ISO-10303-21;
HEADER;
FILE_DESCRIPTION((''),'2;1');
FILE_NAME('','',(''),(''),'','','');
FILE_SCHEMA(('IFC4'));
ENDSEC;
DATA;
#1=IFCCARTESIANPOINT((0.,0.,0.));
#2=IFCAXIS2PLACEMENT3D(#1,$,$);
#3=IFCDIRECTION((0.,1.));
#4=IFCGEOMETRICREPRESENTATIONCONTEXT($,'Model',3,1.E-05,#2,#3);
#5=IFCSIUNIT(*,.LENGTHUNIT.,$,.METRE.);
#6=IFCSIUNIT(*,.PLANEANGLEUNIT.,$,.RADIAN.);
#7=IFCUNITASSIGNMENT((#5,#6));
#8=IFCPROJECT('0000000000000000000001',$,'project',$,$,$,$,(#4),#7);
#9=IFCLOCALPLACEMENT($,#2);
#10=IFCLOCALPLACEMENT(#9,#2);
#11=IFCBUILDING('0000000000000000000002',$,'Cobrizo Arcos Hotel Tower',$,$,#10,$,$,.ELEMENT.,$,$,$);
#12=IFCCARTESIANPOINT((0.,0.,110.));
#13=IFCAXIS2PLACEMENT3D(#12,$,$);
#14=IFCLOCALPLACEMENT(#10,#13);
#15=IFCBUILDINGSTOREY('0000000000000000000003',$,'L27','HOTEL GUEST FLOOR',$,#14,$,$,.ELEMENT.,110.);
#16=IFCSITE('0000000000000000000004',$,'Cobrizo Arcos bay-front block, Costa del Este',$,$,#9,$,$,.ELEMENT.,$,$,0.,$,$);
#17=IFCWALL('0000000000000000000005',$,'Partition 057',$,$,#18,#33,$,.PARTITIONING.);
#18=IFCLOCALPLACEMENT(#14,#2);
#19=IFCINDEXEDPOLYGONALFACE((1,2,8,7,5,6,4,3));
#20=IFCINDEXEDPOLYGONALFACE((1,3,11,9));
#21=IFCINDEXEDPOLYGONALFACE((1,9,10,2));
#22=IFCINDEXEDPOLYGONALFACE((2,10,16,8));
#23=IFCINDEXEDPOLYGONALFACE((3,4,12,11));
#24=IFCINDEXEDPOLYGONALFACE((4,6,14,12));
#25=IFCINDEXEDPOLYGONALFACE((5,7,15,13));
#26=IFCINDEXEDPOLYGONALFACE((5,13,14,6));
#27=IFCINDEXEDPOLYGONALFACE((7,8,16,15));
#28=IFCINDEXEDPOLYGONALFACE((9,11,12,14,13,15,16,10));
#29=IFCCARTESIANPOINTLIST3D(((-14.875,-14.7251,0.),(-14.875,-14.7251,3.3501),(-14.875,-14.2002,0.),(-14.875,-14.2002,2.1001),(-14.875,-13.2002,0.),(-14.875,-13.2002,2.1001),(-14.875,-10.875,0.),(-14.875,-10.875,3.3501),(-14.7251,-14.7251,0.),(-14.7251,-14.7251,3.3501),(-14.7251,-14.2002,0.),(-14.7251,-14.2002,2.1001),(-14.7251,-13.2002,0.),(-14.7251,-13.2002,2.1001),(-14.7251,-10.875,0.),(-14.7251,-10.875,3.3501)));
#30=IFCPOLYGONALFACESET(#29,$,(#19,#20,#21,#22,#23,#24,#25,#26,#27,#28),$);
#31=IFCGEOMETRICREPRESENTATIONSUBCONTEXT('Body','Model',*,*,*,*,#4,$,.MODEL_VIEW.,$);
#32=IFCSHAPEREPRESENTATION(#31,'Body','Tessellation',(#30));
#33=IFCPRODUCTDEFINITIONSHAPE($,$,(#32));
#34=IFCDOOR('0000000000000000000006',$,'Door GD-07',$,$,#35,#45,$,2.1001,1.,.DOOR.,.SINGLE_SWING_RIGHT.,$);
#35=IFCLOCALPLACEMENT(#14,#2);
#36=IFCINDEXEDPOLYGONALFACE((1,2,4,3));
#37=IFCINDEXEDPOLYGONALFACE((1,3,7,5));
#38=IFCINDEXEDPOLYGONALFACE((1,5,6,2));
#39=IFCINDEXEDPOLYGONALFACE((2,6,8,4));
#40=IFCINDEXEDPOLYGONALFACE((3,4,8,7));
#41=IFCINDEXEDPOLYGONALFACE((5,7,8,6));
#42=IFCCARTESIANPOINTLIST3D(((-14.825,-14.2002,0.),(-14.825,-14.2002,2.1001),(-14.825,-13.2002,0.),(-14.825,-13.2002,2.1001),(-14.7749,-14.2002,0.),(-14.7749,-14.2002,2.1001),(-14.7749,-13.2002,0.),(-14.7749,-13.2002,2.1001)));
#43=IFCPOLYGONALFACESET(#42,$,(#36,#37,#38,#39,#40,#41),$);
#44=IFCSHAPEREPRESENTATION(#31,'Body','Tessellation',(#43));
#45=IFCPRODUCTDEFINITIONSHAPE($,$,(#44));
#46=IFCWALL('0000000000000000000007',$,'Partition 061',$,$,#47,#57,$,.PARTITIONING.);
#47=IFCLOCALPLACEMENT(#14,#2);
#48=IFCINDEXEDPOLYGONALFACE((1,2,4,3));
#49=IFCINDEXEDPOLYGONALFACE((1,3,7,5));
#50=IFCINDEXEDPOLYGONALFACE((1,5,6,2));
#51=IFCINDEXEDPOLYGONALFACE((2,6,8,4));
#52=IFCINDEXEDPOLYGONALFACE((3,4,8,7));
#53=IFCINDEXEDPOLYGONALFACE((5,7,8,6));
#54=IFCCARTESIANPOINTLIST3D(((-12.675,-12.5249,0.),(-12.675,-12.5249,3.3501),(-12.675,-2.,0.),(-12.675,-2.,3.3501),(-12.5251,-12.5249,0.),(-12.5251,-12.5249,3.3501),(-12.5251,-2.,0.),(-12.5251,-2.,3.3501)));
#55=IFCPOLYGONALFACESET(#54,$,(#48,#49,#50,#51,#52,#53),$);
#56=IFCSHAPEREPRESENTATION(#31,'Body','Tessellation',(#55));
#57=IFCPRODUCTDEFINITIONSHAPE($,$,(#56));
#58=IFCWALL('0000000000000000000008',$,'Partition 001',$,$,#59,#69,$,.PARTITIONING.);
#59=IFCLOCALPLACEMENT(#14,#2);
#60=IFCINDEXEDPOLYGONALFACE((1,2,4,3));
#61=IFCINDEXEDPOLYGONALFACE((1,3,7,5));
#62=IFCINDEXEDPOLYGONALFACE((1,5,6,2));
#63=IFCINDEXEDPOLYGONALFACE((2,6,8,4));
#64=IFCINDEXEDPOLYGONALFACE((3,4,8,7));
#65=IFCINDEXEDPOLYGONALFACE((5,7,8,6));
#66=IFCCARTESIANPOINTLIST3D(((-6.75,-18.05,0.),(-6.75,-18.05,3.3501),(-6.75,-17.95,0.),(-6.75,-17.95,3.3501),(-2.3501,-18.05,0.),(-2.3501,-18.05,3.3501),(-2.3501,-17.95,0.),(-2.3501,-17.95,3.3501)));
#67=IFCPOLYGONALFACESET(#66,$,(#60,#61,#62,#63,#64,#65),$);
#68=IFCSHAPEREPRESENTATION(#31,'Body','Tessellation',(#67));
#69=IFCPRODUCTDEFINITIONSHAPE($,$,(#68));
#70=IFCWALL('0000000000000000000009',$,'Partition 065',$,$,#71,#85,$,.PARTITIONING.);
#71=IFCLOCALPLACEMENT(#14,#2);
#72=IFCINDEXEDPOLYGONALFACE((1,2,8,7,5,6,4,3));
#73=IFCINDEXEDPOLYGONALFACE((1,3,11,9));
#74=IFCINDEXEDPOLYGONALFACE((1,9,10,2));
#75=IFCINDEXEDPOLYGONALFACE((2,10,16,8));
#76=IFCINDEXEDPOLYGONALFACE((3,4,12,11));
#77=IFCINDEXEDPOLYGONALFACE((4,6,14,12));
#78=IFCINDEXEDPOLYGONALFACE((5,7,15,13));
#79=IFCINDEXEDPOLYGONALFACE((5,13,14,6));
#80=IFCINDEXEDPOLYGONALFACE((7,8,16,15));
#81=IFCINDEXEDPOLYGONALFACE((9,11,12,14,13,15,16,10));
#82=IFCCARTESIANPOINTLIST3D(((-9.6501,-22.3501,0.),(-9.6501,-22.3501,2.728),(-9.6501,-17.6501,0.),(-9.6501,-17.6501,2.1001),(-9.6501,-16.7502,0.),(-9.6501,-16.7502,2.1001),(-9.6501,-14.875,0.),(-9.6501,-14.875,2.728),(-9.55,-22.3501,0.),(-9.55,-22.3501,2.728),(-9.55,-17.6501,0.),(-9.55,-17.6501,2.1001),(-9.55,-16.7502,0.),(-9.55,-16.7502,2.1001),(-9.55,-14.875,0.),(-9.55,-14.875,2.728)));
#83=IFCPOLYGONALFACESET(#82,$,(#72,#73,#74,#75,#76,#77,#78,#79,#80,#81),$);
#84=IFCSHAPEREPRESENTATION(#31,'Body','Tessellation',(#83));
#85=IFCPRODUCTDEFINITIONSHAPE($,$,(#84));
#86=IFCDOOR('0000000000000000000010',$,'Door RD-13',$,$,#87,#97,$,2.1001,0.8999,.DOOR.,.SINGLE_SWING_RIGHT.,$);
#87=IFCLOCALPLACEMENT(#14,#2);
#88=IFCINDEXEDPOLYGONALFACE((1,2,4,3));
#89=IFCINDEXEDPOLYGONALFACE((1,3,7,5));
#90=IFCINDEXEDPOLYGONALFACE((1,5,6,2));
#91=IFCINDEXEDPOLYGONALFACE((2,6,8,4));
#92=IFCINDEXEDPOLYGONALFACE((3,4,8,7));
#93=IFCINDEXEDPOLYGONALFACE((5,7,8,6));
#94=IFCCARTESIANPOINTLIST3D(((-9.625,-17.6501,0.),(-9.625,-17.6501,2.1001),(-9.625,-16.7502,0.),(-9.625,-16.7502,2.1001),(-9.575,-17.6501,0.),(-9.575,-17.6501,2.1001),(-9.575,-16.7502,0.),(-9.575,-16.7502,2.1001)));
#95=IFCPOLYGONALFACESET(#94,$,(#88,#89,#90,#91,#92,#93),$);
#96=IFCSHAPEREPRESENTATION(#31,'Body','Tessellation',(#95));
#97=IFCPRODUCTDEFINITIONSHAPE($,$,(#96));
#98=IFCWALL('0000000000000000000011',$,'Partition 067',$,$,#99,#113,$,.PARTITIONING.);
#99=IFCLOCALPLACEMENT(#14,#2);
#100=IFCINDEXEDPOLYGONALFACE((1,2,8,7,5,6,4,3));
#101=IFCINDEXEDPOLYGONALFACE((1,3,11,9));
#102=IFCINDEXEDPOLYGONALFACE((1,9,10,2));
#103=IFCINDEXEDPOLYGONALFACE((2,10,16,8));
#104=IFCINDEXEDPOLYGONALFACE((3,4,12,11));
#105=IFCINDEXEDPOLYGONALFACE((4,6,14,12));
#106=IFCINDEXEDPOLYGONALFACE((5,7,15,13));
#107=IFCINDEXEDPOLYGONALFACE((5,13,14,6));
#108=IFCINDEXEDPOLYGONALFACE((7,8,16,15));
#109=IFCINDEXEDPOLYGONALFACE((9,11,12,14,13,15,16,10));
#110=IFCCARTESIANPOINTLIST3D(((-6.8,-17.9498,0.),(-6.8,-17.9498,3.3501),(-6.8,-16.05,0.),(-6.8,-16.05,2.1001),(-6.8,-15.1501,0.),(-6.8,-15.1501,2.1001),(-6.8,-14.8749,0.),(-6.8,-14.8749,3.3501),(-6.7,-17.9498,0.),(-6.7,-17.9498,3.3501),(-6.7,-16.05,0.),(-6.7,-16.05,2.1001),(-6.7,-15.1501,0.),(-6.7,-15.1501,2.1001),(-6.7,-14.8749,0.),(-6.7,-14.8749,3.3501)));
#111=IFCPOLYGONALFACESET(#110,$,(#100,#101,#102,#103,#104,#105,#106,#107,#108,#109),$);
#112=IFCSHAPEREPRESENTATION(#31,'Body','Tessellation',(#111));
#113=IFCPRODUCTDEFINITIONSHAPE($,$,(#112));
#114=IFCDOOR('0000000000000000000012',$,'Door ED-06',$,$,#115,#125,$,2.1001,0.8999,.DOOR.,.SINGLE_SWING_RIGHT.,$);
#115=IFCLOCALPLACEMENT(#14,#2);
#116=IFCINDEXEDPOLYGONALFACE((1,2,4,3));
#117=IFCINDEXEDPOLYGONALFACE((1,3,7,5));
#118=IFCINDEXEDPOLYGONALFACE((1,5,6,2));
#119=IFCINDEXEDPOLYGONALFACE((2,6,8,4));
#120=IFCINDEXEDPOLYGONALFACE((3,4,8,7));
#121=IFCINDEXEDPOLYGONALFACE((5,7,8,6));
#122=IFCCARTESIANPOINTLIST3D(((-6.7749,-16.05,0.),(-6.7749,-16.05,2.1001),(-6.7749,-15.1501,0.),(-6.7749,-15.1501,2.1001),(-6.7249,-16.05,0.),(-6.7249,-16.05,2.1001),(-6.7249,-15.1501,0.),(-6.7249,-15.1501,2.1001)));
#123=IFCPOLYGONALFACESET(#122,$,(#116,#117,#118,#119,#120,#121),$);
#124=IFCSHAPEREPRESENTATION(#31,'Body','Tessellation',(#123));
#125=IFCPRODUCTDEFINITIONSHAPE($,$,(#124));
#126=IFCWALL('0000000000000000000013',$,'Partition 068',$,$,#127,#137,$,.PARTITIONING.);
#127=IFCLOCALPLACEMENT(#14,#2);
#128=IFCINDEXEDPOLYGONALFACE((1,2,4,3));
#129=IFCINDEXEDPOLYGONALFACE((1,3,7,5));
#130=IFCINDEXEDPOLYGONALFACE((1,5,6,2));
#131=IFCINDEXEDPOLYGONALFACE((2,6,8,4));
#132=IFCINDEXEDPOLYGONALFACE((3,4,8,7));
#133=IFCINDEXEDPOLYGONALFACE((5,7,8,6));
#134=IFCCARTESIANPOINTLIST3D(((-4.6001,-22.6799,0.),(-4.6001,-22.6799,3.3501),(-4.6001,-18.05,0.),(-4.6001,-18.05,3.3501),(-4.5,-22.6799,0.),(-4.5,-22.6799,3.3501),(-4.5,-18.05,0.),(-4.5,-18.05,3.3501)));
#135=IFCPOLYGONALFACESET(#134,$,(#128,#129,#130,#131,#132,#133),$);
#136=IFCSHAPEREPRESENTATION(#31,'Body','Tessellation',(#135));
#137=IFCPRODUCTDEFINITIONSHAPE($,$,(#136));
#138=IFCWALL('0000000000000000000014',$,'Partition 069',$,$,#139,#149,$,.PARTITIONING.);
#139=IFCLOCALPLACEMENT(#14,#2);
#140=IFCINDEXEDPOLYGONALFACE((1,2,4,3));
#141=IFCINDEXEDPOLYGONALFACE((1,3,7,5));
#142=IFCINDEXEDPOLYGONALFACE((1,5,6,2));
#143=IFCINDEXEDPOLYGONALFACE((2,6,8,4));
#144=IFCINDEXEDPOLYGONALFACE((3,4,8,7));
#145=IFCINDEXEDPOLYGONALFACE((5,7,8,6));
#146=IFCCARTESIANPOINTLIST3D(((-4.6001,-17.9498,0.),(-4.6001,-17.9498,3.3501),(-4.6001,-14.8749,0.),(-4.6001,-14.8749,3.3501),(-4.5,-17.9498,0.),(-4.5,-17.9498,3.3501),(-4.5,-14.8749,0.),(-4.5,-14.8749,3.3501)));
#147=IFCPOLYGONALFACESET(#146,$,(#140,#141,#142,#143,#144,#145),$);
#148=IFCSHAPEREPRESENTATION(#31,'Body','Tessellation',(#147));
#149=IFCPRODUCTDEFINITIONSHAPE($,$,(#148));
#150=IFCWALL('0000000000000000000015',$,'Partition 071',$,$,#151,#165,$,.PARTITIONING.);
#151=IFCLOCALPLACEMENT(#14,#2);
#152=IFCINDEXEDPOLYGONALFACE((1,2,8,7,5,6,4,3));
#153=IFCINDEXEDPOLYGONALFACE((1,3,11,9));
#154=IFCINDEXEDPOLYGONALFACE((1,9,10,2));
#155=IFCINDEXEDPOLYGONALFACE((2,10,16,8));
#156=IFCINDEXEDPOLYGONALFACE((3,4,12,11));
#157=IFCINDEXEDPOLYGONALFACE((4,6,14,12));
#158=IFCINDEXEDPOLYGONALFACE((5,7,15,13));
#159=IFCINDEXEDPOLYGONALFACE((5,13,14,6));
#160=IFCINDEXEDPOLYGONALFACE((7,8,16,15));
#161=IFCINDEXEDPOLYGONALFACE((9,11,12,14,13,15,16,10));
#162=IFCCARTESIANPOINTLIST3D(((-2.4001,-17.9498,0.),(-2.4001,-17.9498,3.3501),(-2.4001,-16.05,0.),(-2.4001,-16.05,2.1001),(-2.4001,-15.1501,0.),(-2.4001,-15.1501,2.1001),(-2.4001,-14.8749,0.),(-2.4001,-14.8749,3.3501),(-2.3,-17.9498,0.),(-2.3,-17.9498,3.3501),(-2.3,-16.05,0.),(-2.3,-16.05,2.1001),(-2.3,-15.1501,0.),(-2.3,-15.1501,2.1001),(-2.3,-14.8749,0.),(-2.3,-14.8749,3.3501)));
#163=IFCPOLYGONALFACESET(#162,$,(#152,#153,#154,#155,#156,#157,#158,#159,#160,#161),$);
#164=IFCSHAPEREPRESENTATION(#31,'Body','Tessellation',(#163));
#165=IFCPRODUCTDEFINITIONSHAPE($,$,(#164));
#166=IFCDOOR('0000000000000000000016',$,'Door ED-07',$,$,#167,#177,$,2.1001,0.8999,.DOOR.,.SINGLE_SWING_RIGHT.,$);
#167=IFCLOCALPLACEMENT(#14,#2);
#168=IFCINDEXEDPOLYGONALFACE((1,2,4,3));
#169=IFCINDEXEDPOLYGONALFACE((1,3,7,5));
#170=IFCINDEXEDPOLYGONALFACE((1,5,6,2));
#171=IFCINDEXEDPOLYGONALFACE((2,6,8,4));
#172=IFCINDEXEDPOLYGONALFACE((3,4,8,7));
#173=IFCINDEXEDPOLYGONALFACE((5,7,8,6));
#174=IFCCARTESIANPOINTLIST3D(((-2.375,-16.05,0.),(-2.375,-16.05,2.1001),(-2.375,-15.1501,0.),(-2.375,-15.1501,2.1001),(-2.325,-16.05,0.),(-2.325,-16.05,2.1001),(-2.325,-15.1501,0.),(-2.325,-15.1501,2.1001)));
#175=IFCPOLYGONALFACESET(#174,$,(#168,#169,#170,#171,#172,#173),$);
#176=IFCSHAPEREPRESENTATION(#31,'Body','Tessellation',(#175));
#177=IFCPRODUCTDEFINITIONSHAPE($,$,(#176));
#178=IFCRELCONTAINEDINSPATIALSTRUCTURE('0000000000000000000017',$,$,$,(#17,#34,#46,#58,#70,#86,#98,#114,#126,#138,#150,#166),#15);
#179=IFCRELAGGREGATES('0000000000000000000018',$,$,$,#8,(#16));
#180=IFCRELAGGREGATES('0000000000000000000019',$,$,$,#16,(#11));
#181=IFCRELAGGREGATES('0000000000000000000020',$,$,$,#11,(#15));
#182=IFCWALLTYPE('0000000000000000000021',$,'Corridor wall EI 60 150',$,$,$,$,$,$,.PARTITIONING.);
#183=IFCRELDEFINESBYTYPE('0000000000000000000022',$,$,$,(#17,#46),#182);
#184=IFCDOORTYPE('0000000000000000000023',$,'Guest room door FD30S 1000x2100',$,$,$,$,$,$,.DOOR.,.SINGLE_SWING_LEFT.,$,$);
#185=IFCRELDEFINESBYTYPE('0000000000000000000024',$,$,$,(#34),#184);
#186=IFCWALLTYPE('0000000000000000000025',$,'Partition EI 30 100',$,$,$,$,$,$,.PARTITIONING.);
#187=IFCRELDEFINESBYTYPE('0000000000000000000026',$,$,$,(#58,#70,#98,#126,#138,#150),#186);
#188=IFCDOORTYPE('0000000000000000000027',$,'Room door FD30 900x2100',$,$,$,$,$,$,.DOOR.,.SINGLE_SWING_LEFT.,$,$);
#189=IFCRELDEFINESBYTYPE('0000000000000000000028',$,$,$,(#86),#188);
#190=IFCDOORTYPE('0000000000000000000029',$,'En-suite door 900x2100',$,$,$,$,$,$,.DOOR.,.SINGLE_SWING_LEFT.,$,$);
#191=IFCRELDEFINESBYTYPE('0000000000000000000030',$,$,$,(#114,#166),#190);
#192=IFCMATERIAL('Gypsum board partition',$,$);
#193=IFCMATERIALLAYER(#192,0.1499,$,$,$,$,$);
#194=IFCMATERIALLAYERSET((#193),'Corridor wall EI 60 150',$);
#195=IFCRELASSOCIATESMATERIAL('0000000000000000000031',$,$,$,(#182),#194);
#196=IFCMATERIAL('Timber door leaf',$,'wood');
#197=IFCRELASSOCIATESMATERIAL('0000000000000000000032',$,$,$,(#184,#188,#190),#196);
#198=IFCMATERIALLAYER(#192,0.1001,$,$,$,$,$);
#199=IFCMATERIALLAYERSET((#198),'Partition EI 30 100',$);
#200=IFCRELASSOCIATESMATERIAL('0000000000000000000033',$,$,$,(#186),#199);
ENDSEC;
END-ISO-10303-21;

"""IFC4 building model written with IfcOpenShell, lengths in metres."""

from ifc_helpers import new_model, si_unit, direction, frame, frame_2d, origin, place, context, subcontext, project, spatial, rectangle, extrude, material, layer, layer_set, type_object, element, fill, save


model = new_model("IFC4")

# Units and contexts
model_context = context("Model", 3, precision=1e-05, world=origin(), true_north=direction((0.0, 1.0)))
body_context = subcontext(model_context, "Body", "Model", "MODEL_VIEW")
ifc_project = project(units=[si_unit("LENGTHUNIT", "METRE"), si_unit("PLANEANGLEUNIT", "RADIAN")], contexts=[model_context])

# Site, building, storey
site_placement = place(None, origin())
site = spatial("IfcSite", under=ifc_project, at=site_placement, Name="Cobrizo Arcos bay-front block, Costa del Este", CompositionType="ELEMENT", RefElevation=0.0)
building_placement = place(site_placement, origin())
building = spatial("IfcBuilding", under=site, at=building_placement, Name="Cobrizo Arcos Hotel Tower", CompositionType="ELEMENT")
storey_placement = place(building_placement, frame((0.0, 0.0, 110.0)))
storey = spatial("IfcBuildingStorey", under=building, at=storey_placement, Name="L27", Description="HOTEL GUEST FLOOR", CompositionType="ELEMENT", Elevation=110.0)

# Shared definitions
ifc_material_1 = material(Name="Gypsum board partition")
ifc_layer_1 = layer(ifc_material_1, 0.1499)
ifc_layer_set_1 = layer_set([ifc_layer_1], Name="Corridor wall EI 60 150")
wall_type_1 = type_object("IfcWallType", Name="Corridor wall EI 60 150", PredefinedType="PARTITIONING", material=ifc_layer_set_1)
ifc_material_2 = material(Name="Timber door leaf", Category="wood")
door_type_1 = type_object("IfcDoorType", Name="Guest room door FD30S 1000x2100", OperationType="SINGLE_SWING_LEFT", PredefinedType="DOOR", material=ifc_material_2)

# Wall, opening, door
wall_1_placement = place(storey_placement, frame((-14.8, -14.7251, 0.0), z_axis=(0.0, 0.0, 1.0), x_axis=(0.0, 1.0, 0.0)))
wall_1 = element("IfcWall", 1, at=wall_1_placement, inside=storey, type_object=wall_type_1, Name="Partition 057", PredefinedType="PARTITIONING", context=body_context, shape_type="SweptSolid", body=[
    extrude(rectangle(XDim=3.8501, YDim=0.1499, at=frame_2d((1.925, 0.0))), origin(), (0.0, 0.0, 1.0), 3.3501),
])
opening_1_placement = place(wall_1_placement, frame((0.5249, 0.0, 0.0)))
opening_1 = element("IfcOpeningElement", 2, at=opening_1_placement, cuts=wall_1, PredefinedType="OPENING", context=body_context, shape_type="SweptSolid", body=[
    extrude(rectangle(XDim=1.0, YDim=2.1001, at=frame_2d((0.5, 1.05))), frame((0.0, 0.0869, 0.0), z_axis=(0.0, -1.0, 0.0), x_axis=(1.0, 0.0, 0.0)), (0.0, 0.0, 1.0), 0.1738),
])
door_1_placement = place(opening_1_placement, origin())
door_1 = element("IfcDoor", 3, at=door_1_placement, inside=storey, type_object=door_type_1, Name="Door GD-07", OperationType="SINGLE_SWING_RIGHT", OverallHeight=2.1001, OverallWidth=1.0, PredefinedType="DOOR", context=body_context, shape_type="SweptSolid", body=[
    extrude(rectangle(XDim=1.0, YDim=2.1001, at=frame_2d((0.5, 1.05))), frame((0.0, 0.0249, 0.0), z_axis=(0.0, -1.0, 0.0), x_axis=(1.0, 0.0, 0.0)), (0.0, 0.0, 1.0), 0.05),
])
fill(opening_1, door_1)

# Walls
wall_2_placement = place(storey_placement, frame((-12.6001, -12.5249, 0.0), z_axis=(0.0, 0.0, 1.0), x_axis=(0.0, 1.0, 0.0)))
element("IfcWall", 4, at=wall_2_placement, inside=storey, type_object=wall_type_1, Name="Partition 061", PredefinedType="PARTITIONING", context=body_context, shape_type="SweptSolid", body=[
    extrude(rectangle(XDim=10.5249, YDim=0.1499, at=frame_2d((5.2625, 0.0))), origin(), (0.0, 0.0, 1.0), 3.3501),
])
ifc_layer_2 = layer(ifc_material_1, 0.1001)
ifc_layer_set_2 = layer_set([ifc_layer_2], Name="Partition EI 30 100")
wall_type_2 = type_object("IfcWallType", Name="Partition EI 30 100", PredefinedType="PARTITIONING", material=ifc_layer_set_2)
wall_3_placement = place(storey_placement, frame((-6.75, -18.0, 0.0), z_axis=(0.0, 0.0, 1.0), x_axis=(1.0, 0.0, 0.0)))
element("IfcWall", 5, at=wall_3_placement, inside=storey, type_object=wall_type_2, Name="Partition 001", PredefinedType="PARTITIONING", context=body_context, shape_type="SweptSolid", body=[
    extrude(rectangle(XDim=4.3999, YDim=0.1001, at=frame_2d((2.2, 0.0))), origin(), (0.0, 0.0, 1.0), 3.3501),
])

# Walls, openings, doors
wall_4_placement = place(storey_placement, frame((-9.6001, -22.3501, 0.0), z_axis=(0.0, 0.0, 1.0), x_axis=(0.0, 1.0, 0.0)))
wall_4 = element("IfcWall", 6, at=wall_4_placement, inside=storey, type_object=wall_type_2, Name="Partition 065", PredefinedType="PARTITIONING", context=body_context, shape_type="SweptSolid", body=[
    extrude(rectangle(XDim=7.4751, YDim=0.1001, at=frame_2d((3.7375, 0.0))), origin(), (0.0, 0.0, 1.0), 2.728),
])
opening_2_placement = place(wall_4_placement, frame((4.7, 0.0, 0.0)))
opening_2 = element("IfcOpeningElement", 7, at=opening_2_placement, cuts=wall_4, PredefinedType="OPENING", context=body_context, shape_type="SweptSolid", body=[
    extrude(rectangle(XDim=0.8999, YDim=2.1001, at=frame_2d((0.45, 1.05))), frame((0.0, 0.062, 0.0), z_axis=(0.0, -1.0, 0.0), x_axis=(1.0, 0.0, 0.0)), (0.0, 0.0, 1.0), 0.124),
])
door_type_2 = type_object("IfcDoorType", Name="Room door FD30 900x2100", OperationType="SINGLE_SWING_LEFT", PredefinedType="DOOR", material=ifc_material_2)
door_2_placement = place(opening_2_placement, origin())
door_2 = element("IfcDoor", 8, at=door_2_placement, inside=storey, type_object=door_type_2, Name="Door RD-13", OperationType="SINGLE_SWING_RIGHT", OverallHeight=2.1001, OverallWidth=0.8999, PredefinedType="DOOR", context=body_context, shape_type="SweptSolid", body=[
    extrude(rectangle(XDim=0.8999, YDim=2.1001, at=frame_2d((0.45, 1.05))), frame((0.0, 0.0249, 0.0), z_axis=(0.0, -1.0, 0.0), x_axis=(1.0, 0.0, 0.0)), (0.0, 0.0, 1.0), 0.05),
])
fill(opening_2, door_2)
wall_5_placement = place(storey_placement, frame((-6.75, -17.95, 0.0), z_axis=(0.0, 0.0, 1.0), x_axis=(0.0, 1.0, 0.0)))
wall_5 = element("IfcWall", 9, at=wall_5_placement, inside=storey, type_object=wall_type_2, Name="Partition 067", PredefinedType="PARTITIONING", context=body_context, shape_type="SweptSolid", body=[
    extrude(rectangle(XDim=3.075, YDim=0.1001, at=frame_2d((1.5376, 0.0))), origin(), (0.0, 0.0, 1.0), 3.3501),
])
opening_3_placement = place(wall_5_placement, frame((1.8999, 0.0, 0.0)))
opening_3 = element("IfcOpeningElement", 10, at=opening_3_placement, cuts=wall_5, PredefinedType="OPENING", context=body_context, shape_type="SweptSolid", body=[
    extrude(rectangle(XDim=0.8999, YDim=2.1001, at=frame_2d((0.45, 1.05))), frame((0.0, 0.062, 0.0), z_axis=(0.0, -1.0, 0.0), x_axis=(1.0, 0.0, 0.0)), (0.0, 0.0, 1.0), 0.124),
])
door_type_3 = type_object("IfcDoorType", Name="En-suite door 900x2100", OperationType="SINGLE_SWING_LEFT", PredefinedType="DOOR", material=ifc_material_2)
door_3_placement = place(opening_3_placement, origin())
door_3 = element("IfcDoor", 11, at=door_3_placement, inside=storey, type_object=door_type_3, Name="Door ED-06", OperationType="SINGLE_SWING_RIGHT", OverallHeight=2.1001, OverallWidth=0.8999, PredefinedType="DOOR", context=body_context, shape_type="SweptSolid", body=[
    extrude(rectangle(XDim=0.8999, YDim=2.1001, at=frame_2d((0.45, 1.05))), frame((0.0, 0.0249, 0.0), z_axis=(0.0, -1.0, 0.0), x_axis=(1.0, 0.0, 0.0)), (0.0, 0.0, 1.0), 0.05),
])
fill(opening_3, door_3)

# Walls
wall_6_placement = place(storey_placement, frame((-4.55, -22.6799, 0.0), z_axis=(0.0, 0.0, 1.0), x_axis=(0.0, 1.0, 0.0)))
element("IfcWall", 12, at=wall_6_placement, inside=storey, type_object=wall_type_2, Name="Partition 068", PredefinedType="PARTITIONING", context=body_context, shape_type="SweptSolid", body=[
    extrude(rectangle(XDim=4.6299, YDim=0.1001, at=frame_2d((2.3149, 0.0))), origin(), (0.0, 0.0, 1.0), 3.3501),
])
wall_7_placement = place(storey_placement, frame((-4.55, -17.95, 0.0), z_axis=(0.0, 0.0, 1.0), x_axis=(0.0, 1.0, 0.0)))
element("IfcWall", 13, at=wall_7_placement, inside=storey, type_object=wall_type_2, Name="Partition 069", PredefinedType="PARTITIONING", context=body_context, shape_type="SweptSolid", body=[
    extrude(rectangle(XDim=3.075, YDim=0.1001, at=frame_2d((1.5376, 0.0))), origin(), (0.0, 0.0, 1.0), 3.3501),
])

# Wall, opening, door
wall_8_placement = place(storey_placement, frame((-2.3501, -17.95, 0.0), z_axis=(0.0, 0.0, 1.0), x_axis=(0.0, 1.0, 0.0)))
wall_8 = element("IfcWall", 14, at=wall_8_placement, inside=storey, type_object=wall_type_2, Name="Partition 071", PredefinedType="PARTITIONING", context=body_context, shape_type="SweptSolid", body=[
    extrude(rectangle(XDim=3.075, YDim=0.1001, at=frame_2d((1.5376, 0.0))), origin(), (0.0, 0.0, 1.0), 3.3501),
])
opening_4_placement = place(wall_8_placement, frame((1.8999, 0.0, 0.0)))
opening_4 = element("IfcOpeningElement", 15, at=opening_4_placement, cuts=wall_8, PredefinedType="OPENING", context=body_context, shape_type="SweptSolid", body=[
    extrude(rectangle(XDim=0.8999, YDim=2.1001, at=frame_2d((0.45, 1.05))), frame((0.0, 0.062, 0.0), z_axis=(0.0, -1.0, 0.0), x_axis=(1.0, 0.0, 0.0)), (0.0, 0.0, 1.0), 0.124),
])
door_4_placement = place(opening_4_placement, origin())
door_4 = element("IfcDoor", 16, at=door_4_placement, inside=storey, type_object=door_type_3, Name="Door ED-07", OperationType="SINGLE_SWING_RIGHT", OverallHeight=2.1001, OverallWidth=0.8999, PredefinedType="DOOR", context=body_context, shape_type="SweptSolid", body=[
    extrude(rectangle(XDim=0.8999, YDim=2.1001, at=frame_2d((0.45, 1.05))), frame((0.0, 0.0249, 0.0), z_axis=(0.0, -1.0, 0.0), x_axis=(1.0, 0.0, 0.0)), (0.0, 0.0, 1.0), 0.05),
])
fill(opening_4, door_4)

save(model, "model.ifc")
